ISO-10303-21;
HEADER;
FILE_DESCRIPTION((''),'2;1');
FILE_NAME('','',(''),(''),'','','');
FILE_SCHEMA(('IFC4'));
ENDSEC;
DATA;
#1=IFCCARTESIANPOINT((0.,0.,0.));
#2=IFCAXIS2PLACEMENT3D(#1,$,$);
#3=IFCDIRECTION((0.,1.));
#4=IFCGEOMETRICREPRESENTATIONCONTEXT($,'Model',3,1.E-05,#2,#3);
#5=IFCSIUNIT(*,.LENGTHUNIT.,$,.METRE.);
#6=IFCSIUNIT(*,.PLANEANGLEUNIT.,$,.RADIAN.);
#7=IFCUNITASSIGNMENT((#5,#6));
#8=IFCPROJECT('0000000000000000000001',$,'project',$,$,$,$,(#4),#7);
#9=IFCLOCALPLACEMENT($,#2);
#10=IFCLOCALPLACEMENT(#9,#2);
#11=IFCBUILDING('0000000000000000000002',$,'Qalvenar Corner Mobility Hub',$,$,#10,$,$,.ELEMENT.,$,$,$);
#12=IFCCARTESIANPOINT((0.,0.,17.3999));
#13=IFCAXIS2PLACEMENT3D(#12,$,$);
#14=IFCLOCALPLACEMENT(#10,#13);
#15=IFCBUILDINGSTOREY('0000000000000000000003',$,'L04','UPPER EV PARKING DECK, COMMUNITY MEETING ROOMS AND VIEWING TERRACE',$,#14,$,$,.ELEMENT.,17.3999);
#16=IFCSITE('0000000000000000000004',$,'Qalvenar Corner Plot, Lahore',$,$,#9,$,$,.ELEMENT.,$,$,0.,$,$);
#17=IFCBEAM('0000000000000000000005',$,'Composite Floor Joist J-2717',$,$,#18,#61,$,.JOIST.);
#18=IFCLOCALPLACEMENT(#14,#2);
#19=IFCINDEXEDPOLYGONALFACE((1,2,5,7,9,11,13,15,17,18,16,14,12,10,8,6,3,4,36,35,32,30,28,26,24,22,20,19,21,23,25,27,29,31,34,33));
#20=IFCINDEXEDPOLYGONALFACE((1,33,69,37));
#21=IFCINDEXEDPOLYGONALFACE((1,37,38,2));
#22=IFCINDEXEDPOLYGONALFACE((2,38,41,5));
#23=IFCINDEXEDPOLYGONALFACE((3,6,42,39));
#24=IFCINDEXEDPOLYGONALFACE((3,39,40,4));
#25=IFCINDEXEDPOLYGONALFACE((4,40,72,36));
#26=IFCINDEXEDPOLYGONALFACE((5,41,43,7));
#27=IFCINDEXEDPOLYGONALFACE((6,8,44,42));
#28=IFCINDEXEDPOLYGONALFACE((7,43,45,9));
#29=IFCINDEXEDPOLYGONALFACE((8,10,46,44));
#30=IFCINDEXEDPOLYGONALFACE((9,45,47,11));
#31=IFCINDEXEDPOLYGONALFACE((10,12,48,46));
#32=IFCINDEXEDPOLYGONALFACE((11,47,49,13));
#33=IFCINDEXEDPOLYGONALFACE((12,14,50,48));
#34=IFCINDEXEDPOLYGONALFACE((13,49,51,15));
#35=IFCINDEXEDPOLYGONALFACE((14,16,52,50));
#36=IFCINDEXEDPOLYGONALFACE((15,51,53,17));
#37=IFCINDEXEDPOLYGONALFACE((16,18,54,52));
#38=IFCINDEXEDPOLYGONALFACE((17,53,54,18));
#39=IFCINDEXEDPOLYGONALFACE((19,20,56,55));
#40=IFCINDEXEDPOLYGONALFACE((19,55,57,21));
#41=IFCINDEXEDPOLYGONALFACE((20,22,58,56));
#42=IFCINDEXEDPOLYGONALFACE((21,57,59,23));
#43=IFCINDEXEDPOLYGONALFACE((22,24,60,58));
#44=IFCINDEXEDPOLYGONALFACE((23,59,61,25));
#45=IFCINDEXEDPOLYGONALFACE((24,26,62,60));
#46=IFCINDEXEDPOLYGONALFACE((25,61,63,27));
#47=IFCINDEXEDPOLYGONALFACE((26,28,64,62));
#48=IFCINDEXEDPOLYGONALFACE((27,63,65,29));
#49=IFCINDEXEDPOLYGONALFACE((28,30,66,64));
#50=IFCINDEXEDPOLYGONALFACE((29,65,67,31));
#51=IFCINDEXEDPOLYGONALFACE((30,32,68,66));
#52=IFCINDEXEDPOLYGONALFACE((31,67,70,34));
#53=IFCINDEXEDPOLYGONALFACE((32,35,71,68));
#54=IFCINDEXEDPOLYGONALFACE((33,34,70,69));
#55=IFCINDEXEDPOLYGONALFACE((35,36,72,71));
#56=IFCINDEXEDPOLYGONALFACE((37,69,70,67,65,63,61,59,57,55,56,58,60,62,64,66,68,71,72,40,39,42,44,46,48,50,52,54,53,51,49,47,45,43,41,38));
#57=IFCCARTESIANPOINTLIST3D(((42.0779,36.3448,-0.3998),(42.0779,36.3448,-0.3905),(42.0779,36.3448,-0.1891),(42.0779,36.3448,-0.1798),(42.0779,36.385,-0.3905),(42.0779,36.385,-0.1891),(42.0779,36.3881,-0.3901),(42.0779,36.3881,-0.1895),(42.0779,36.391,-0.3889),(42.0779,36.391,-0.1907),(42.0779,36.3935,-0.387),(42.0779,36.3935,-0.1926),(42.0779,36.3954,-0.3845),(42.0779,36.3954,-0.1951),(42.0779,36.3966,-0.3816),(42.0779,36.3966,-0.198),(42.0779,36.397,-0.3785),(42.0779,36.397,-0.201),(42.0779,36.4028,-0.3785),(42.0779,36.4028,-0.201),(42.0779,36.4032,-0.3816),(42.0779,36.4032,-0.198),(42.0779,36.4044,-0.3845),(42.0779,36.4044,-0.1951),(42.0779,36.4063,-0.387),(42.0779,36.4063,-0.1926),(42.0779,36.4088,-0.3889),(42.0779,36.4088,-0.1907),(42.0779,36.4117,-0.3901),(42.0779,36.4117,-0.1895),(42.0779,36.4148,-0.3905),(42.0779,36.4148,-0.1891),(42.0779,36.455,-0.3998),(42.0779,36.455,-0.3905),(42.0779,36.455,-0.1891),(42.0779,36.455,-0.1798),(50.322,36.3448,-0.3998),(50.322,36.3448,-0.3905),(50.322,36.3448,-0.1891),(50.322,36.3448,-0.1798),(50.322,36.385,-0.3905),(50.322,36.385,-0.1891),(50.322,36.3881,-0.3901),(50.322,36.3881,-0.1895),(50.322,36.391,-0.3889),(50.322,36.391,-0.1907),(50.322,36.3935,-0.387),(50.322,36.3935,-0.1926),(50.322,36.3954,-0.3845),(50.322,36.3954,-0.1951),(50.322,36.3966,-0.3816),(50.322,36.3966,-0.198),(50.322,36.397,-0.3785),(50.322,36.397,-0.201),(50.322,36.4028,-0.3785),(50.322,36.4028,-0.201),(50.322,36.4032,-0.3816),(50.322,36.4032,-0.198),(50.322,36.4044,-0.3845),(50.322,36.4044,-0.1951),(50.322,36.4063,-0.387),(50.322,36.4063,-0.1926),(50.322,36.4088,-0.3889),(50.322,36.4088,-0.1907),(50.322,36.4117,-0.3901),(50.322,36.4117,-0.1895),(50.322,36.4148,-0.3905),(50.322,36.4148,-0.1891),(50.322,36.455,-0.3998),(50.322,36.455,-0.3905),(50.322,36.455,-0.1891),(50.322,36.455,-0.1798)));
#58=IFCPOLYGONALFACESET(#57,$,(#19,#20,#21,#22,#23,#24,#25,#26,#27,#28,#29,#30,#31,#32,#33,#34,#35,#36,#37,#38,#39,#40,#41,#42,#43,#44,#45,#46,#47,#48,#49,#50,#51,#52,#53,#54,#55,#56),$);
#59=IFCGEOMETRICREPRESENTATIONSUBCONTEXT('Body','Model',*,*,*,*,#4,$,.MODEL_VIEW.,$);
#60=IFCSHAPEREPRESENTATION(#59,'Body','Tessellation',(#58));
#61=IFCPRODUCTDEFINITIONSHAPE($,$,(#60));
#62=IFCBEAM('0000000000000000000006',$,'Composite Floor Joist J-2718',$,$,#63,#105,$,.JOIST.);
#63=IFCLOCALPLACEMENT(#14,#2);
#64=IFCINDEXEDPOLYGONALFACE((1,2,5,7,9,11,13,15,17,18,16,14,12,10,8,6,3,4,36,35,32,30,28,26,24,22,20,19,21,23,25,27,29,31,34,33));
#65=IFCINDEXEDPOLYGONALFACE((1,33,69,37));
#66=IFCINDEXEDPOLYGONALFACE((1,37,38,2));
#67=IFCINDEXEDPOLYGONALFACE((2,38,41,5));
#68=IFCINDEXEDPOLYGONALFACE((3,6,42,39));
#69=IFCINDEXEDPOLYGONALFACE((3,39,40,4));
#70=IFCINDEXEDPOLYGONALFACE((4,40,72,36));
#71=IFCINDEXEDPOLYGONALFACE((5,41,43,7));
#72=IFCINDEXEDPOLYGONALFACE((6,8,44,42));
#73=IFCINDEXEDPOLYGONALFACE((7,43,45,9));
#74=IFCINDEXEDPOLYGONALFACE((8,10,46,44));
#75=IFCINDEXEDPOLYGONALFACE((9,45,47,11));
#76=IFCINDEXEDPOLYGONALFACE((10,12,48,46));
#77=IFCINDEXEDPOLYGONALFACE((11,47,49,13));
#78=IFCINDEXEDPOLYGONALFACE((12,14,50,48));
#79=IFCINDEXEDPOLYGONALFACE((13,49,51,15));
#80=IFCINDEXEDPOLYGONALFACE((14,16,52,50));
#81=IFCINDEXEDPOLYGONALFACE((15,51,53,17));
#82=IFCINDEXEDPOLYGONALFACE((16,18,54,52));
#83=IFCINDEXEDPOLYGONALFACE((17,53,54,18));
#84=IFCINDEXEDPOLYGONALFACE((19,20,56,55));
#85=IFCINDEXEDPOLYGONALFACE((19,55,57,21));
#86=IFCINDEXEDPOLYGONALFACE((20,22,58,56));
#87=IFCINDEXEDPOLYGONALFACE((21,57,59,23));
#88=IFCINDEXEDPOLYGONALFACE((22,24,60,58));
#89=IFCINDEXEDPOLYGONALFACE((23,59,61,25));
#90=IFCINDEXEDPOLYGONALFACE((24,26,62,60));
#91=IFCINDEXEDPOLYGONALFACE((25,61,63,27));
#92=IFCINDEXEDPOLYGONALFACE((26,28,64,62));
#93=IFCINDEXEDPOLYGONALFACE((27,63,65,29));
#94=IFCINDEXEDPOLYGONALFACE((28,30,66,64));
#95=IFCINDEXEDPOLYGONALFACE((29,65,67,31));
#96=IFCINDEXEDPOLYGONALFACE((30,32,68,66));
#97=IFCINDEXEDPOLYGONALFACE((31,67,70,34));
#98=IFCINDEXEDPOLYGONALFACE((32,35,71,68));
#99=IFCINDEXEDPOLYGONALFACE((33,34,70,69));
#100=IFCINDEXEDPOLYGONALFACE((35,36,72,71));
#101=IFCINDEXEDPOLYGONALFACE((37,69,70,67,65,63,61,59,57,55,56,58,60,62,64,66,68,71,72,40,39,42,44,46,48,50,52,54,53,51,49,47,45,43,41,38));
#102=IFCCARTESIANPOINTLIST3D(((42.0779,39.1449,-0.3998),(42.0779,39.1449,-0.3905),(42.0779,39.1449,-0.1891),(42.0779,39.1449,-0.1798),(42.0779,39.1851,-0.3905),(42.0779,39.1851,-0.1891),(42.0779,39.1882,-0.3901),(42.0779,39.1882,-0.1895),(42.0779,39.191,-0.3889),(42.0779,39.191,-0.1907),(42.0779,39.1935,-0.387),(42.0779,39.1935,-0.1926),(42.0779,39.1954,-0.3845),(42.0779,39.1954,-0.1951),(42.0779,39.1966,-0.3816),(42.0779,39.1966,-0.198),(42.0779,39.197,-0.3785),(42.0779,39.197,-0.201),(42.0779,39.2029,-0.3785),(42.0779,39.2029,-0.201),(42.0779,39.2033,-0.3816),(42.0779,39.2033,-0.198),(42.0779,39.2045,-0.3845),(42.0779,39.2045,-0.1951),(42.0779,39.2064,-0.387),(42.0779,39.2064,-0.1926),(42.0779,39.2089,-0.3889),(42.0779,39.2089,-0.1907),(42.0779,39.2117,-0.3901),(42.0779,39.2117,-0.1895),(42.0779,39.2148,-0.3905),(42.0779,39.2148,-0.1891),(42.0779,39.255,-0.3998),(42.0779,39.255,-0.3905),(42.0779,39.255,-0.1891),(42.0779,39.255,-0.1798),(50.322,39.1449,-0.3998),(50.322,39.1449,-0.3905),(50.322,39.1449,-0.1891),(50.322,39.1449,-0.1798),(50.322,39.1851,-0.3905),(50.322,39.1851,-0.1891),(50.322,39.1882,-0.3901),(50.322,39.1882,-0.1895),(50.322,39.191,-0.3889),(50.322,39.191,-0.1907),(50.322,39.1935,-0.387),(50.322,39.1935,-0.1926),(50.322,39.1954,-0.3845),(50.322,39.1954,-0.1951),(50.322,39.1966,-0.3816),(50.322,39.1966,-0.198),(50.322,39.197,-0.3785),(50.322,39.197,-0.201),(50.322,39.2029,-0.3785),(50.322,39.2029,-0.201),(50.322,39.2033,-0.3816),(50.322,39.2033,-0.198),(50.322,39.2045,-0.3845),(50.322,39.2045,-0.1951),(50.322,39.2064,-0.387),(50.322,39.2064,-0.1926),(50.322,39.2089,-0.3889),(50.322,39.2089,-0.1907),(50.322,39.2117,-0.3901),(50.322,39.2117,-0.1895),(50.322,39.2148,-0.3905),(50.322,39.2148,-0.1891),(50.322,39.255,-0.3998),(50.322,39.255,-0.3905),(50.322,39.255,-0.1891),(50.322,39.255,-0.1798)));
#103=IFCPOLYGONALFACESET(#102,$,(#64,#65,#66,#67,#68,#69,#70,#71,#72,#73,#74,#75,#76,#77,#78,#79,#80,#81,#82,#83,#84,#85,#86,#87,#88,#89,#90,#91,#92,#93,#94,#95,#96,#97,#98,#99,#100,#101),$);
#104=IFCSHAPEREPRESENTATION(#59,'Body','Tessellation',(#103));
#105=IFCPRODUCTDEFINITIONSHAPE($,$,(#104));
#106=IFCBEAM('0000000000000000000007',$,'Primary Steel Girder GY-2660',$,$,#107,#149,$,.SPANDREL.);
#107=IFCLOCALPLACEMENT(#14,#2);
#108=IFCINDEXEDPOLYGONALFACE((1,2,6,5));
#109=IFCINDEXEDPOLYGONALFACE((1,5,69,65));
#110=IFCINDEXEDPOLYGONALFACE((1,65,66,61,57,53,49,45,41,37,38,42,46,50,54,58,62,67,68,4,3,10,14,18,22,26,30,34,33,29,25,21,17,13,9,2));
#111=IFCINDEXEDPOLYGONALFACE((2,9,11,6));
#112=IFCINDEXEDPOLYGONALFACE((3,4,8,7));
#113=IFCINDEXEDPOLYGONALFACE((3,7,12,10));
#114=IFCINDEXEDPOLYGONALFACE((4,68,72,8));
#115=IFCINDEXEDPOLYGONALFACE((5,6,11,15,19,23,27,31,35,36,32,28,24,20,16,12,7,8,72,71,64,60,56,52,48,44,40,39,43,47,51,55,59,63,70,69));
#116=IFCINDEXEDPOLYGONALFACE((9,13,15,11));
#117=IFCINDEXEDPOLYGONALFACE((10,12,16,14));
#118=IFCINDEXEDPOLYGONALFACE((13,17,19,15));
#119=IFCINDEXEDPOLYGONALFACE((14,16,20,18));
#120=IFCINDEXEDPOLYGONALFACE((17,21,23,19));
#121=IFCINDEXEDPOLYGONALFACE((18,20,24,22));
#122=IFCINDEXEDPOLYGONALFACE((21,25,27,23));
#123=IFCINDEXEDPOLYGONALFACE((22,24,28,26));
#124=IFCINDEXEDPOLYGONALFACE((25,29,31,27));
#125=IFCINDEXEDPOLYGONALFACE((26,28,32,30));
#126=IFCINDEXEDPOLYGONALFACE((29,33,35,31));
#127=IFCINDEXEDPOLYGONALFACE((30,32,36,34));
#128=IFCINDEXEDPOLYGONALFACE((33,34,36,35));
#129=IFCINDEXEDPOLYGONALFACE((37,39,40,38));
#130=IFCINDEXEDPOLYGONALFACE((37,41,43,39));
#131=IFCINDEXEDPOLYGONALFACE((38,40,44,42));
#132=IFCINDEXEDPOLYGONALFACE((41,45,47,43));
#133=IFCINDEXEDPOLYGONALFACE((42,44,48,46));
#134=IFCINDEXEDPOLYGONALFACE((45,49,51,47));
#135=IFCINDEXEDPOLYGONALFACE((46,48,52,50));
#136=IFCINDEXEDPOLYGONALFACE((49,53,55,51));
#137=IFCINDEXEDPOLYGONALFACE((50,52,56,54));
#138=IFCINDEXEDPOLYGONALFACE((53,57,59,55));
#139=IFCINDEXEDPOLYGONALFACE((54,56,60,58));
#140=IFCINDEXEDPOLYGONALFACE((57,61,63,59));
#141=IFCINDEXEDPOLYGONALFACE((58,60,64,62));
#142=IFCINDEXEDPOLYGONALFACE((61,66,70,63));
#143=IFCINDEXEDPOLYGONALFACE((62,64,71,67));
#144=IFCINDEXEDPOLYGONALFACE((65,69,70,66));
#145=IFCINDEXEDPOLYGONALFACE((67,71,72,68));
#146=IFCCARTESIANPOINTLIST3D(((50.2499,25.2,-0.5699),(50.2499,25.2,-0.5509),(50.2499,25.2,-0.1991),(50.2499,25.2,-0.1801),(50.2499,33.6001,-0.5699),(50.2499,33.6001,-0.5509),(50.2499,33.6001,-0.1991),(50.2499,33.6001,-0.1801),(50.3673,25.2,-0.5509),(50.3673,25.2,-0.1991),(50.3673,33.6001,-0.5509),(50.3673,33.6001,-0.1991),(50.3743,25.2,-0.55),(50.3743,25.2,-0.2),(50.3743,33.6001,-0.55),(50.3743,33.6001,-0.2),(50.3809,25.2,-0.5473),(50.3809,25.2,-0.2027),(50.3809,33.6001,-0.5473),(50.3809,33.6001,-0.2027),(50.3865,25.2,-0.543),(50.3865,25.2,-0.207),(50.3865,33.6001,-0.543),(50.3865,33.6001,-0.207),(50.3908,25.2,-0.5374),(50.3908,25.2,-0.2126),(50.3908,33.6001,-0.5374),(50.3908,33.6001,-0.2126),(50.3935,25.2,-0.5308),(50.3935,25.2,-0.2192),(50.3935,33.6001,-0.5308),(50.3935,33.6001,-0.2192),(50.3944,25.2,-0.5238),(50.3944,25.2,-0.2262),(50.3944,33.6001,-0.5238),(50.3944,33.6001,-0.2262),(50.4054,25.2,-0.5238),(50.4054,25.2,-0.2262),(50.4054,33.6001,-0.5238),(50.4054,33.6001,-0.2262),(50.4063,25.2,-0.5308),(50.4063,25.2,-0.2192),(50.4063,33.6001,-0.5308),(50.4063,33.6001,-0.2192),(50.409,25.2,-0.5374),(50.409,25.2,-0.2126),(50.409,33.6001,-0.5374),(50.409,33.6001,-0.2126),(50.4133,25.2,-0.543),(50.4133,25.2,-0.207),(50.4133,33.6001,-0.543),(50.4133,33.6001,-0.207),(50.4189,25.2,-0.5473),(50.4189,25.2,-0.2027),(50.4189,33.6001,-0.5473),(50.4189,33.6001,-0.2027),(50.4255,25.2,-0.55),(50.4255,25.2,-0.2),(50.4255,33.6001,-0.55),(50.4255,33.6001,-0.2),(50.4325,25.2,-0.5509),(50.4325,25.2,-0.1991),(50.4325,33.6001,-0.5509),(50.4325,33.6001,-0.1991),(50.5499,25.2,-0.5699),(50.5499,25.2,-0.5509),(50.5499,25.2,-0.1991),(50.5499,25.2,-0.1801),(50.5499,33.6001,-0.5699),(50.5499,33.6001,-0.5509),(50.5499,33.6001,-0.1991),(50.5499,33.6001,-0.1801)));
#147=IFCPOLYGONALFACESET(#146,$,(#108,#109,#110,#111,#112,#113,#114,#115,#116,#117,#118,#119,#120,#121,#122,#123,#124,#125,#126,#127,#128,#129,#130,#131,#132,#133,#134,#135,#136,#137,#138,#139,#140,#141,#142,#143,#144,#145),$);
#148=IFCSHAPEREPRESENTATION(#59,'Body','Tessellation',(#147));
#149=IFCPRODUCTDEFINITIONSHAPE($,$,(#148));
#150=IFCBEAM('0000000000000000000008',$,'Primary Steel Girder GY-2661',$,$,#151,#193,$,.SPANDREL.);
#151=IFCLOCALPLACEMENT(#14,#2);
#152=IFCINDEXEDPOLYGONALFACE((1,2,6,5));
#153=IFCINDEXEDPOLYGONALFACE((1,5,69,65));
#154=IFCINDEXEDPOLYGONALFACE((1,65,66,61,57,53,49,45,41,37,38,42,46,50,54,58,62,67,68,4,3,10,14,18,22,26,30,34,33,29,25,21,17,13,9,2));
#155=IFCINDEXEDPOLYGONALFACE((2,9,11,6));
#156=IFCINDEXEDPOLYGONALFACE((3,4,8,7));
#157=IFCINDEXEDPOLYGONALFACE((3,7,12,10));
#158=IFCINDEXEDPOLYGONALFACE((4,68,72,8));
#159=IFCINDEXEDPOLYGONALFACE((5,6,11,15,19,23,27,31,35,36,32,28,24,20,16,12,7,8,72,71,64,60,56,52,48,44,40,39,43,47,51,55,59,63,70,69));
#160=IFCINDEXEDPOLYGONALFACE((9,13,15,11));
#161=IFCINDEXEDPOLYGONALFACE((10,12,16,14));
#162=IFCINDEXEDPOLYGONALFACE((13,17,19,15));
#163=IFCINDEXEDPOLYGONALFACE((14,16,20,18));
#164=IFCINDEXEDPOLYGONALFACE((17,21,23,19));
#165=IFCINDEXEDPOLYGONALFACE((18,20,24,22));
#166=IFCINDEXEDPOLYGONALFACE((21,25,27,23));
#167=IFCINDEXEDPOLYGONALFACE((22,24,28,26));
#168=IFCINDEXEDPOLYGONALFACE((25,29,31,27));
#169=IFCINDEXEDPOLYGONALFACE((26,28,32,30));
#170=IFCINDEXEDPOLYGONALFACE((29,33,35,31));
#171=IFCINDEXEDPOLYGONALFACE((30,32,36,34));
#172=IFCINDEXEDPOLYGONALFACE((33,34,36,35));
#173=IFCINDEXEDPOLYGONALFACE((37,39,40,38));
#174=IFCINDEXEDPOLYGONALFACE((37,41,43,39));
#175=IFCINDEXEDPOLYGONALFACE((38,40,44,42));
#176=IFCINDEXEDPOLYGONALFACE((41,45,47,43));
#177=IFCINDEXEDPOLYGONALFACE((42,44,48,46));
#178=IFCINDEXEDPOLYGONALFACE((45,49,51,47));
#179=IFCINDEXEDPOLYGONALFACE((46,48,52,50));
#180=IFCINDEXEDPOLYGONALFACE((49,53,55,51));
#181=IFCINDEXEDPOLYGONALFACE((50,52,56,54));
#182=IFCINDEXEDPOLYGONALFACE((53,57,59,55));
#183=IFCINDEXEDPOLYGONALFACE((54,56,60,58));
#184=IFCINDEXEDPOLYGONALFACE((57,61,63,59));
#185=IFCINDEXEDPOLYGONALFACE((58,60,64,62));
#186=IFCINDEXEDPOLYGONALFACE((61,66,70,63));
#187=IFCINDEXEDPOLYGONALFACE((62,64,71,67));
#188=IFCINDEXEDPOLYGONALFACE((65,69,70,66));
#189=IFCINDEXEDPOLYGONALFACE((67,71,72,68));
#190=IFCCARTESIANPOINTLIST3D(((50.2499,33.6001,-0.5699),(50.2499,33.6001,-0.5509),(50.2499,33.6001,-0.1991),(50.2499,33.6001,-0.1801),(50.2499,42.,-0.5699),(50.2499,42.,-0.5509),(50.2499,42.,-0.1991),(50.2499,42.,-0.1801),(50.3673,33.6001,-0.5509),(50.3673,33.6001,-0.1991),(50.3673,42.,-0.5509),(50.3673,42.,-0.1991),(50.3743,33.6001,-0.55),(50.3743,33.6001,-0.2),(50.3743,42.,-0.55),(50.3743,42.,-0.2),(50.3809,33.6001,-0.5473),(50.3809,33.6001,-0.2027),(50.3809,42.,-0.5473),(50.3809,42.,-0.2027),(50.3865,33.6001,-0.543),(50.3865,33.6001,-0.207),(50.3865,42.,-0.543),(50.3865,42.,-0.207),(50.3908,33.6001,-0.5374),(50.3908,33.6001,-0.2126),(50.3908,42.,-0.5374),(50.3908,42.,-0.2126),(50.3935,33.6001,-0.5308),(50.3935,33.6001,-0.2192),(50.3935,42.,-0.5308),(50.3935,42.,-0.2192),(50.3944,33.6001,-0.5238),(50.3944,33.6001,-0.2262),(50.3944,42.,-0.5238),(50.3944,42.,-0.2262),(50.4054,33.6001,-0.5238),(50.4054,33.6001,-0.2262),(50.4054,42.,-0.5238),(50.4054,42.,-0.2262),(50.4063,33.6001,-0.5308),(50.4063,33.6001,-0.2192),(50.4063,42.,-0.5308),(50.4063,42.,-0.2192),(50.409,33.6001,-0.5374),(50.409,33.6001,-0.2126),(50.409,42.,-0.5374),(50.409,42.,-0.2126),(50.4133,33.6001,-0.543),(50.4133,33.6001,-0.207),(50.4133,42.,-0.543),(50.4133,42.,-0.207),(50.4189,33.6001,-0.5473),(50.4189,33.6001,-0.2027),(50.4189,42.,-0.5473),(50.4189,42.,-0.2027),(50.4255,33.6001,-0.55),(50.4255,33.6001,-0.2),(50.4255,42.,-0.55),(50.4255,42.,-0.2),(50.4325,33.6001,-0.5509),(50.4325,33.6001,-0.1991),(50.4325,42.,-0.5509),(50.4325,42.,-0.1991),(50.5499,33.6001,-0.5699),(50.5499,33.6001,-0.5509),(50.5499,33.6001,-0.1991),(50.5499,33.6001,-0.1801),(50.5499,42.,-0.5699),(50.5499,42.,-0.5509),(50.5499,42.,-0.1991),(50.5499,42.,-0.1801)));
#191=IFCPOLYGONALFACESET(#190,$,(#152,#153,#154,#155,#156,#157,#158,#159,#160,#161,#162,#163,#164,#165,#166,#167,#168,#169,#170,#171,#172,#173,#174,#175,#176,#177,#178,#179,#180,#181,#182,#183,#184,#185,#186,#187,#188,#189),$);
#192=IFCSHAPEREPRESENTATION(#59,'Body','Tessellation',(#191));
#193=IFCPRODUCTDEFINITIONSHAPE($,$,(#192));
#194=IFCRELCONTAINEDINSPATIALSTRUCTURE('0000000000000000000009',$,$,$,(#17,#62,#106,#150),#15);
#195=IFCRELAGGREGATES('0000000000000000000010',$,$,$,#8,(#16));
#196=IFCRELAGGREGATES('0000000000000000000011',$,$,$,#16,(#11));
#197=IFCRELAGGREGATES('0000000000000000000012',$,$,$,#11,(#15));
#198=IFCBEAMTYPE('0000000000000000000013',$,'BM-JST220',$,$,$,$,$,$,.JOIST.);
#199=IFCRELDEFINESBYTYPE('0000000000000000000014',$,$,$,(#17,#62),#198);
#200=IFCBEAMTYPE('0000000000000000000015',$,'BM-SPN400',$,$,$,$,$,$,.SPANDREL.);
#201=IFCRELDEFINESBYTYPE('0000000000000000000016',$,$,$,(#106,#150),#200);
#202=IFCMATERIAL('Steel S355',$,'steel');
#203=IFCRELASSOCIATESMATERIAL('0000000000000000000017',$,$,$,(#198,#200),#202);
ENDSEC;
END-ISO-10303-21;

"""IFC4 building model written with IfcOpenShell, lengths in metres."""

from ifc_helpers import new_model, si_unit, direction, frame, origin, origin_2d, place, context, subcontext, project, spatial, i_section, extrude, material, material_profile, profile_set, type_object, element, save


model = new_model("IFC4")

# Units and contexts
model_context = context("Model", 3, precision=1e-05, world=origin(), true_north=direction((0.0, 1.0)))
body_context = subcontext(model_context, "Body", "Model", "MODEL_VIEW")
ifc_project = project(units=[si_unit("LENGTHUNIT", "METRE"), si_unit("PLANEANGLEUNIT", "RADIAN")], contexts=[model_context])

# Site, building, storey
site_placement = place(None, origin())
site = spatial("IfcSite", under=ifc_project, at=site_placement, Name="Qalvenar Corner Plot, Lahore", CompositionType="ELEMENT", RefElevation=0.0)
building_placement = place(site_placement, origin())
building = spatial("IfcBuilding", under=site, at=building_placement, Name="Qalvenar Corner Mobility Hub", CompositionType="ELEMENT")
storey_placement = place(building_placement, frame((0.0, 0.0, 17.3999)))
storey = spatial("IfcBuildingStorey", under=building, at=storey_placement, Name="L04", Description="UPPER EV PARKING DECK, COMMUNITY MEETING ROOMS AND VIEWING TERRACE", CompositionType="ELEMENT", Elevation=17.3999)

# Shared definitions
ifc_material_1 = material(Name="Steel S355", Category="steel")

# Beams
ifc_material_profile_1 = material_profile(ifc_material_1, i_section(OverallWidth=0.1101, OverallDepth=0.22, WebThickness=0.0059, FlangeThickness=0.0093, FilletRadius=0.012, at=origin_2d()), Name="IPE220")
ifc_profile_set_1 = profile_set([ifc_material_profile_1], Name="Steel S355")
beam_type_1 = type_object("IfcBeamType", Name="BM-JST220", PredefinedType="JOIST", material=ifc_profile_set_1)
for number, where, z_axis, x_axis, name in (
    (1, (42.0779, 36.3999, -0.2898), (1.0, 0.0, 0.0), (0.0, 1.0, 0.0), "Composite Floor Joist J-2717"),
    (2, (42.0779, 39.2, -0.2898), (1.0, 0.0, 0.0), (0.0, 1.0, 0.0), "Composite Floor Joist J-2718"),
):
    element("IfcBeam", number, at=place(storey_placement, frame(where, z_axis=z_axis, x_axis=x_axis)), inside=storey, type_object=beam_type_1, Name=name, PredefinedType="JOIST", context=body_context, shape_type="SweptSolid", body=[
        extrude(i_section(OverallWidth=0.1101, OverallDepth=0.22, WebThickness=0.0059, FlangeThickness=0.0093, FilletRadius=0.012, at=origin_2d()), origin(), (0.0, 0.0, 1.0), 8.2441),
    ])
ifc_material_profile_2 = material_profile(ifc_material_1, i_section(OverallWidth=0.3, OverallDepth=0.3899, WebThickness=0.011, FlangeThickness=0.019, FilletRadius=0.0271, at=origin_2d()), Name="HEA400")
ifc_profile_set_2 = profile_set([ifc_material_profile_2], Name="Steel S355")
beam_type_2 = type_object("IfcBeamType", Name="BM-SPN400", PredefinedType="SPANDREL", material=ifc_profile_set_2)
beam_1_placement = place(storey_placement, frame((50.3999, 25.2, -0.375), z_axis=(0.0, 1.0, 0.0), x_axis=(-1.0, 0.0, 0.0)))
element("IfcBeam", 3, at=beam_1_placement, inside=storey, type_object=beam_type_2, Name="Primary Steel Girder GY-2660", PredefinedType="SPANDREL", context=body_context, shape_type="SweptSolid", body=[
    extrude(i_section(OverallWidth=0.3, OverallDepth=0.3899, WebThickness=0.011, FlangeThickness=0.019, FilletRadius=0.0271, at=origin_2d()), origin(), (0.0, 0.0, 1.0), 8.4001),
])
beam_2_placement = place(storey_placement, frame((50.3999, 33.6001, -0.375), z_axis=(0.0, 1.0, 0.0), x_axis=(-1.0, 0.0, 0.0)))
element("IfcBeam", 4, at=beam_2_placement, inside=storey, type_object=beam_type_2, Name="Primary Steel Girder GY-2661", PredefinedType="SPANDREL", context=body_context, shape_type="SweptSolid", body=[
    extrude(i_section(OverallWidth=0.3, OverallDepth=0.3899, WebThickness=0.011, FlangeThickness=0.019, FilletRadius=0.0271, at=origin_2d()), origin(), (0.0, 0.0, 1.0), 8.3999),
])

save(model, "model.ifc")
